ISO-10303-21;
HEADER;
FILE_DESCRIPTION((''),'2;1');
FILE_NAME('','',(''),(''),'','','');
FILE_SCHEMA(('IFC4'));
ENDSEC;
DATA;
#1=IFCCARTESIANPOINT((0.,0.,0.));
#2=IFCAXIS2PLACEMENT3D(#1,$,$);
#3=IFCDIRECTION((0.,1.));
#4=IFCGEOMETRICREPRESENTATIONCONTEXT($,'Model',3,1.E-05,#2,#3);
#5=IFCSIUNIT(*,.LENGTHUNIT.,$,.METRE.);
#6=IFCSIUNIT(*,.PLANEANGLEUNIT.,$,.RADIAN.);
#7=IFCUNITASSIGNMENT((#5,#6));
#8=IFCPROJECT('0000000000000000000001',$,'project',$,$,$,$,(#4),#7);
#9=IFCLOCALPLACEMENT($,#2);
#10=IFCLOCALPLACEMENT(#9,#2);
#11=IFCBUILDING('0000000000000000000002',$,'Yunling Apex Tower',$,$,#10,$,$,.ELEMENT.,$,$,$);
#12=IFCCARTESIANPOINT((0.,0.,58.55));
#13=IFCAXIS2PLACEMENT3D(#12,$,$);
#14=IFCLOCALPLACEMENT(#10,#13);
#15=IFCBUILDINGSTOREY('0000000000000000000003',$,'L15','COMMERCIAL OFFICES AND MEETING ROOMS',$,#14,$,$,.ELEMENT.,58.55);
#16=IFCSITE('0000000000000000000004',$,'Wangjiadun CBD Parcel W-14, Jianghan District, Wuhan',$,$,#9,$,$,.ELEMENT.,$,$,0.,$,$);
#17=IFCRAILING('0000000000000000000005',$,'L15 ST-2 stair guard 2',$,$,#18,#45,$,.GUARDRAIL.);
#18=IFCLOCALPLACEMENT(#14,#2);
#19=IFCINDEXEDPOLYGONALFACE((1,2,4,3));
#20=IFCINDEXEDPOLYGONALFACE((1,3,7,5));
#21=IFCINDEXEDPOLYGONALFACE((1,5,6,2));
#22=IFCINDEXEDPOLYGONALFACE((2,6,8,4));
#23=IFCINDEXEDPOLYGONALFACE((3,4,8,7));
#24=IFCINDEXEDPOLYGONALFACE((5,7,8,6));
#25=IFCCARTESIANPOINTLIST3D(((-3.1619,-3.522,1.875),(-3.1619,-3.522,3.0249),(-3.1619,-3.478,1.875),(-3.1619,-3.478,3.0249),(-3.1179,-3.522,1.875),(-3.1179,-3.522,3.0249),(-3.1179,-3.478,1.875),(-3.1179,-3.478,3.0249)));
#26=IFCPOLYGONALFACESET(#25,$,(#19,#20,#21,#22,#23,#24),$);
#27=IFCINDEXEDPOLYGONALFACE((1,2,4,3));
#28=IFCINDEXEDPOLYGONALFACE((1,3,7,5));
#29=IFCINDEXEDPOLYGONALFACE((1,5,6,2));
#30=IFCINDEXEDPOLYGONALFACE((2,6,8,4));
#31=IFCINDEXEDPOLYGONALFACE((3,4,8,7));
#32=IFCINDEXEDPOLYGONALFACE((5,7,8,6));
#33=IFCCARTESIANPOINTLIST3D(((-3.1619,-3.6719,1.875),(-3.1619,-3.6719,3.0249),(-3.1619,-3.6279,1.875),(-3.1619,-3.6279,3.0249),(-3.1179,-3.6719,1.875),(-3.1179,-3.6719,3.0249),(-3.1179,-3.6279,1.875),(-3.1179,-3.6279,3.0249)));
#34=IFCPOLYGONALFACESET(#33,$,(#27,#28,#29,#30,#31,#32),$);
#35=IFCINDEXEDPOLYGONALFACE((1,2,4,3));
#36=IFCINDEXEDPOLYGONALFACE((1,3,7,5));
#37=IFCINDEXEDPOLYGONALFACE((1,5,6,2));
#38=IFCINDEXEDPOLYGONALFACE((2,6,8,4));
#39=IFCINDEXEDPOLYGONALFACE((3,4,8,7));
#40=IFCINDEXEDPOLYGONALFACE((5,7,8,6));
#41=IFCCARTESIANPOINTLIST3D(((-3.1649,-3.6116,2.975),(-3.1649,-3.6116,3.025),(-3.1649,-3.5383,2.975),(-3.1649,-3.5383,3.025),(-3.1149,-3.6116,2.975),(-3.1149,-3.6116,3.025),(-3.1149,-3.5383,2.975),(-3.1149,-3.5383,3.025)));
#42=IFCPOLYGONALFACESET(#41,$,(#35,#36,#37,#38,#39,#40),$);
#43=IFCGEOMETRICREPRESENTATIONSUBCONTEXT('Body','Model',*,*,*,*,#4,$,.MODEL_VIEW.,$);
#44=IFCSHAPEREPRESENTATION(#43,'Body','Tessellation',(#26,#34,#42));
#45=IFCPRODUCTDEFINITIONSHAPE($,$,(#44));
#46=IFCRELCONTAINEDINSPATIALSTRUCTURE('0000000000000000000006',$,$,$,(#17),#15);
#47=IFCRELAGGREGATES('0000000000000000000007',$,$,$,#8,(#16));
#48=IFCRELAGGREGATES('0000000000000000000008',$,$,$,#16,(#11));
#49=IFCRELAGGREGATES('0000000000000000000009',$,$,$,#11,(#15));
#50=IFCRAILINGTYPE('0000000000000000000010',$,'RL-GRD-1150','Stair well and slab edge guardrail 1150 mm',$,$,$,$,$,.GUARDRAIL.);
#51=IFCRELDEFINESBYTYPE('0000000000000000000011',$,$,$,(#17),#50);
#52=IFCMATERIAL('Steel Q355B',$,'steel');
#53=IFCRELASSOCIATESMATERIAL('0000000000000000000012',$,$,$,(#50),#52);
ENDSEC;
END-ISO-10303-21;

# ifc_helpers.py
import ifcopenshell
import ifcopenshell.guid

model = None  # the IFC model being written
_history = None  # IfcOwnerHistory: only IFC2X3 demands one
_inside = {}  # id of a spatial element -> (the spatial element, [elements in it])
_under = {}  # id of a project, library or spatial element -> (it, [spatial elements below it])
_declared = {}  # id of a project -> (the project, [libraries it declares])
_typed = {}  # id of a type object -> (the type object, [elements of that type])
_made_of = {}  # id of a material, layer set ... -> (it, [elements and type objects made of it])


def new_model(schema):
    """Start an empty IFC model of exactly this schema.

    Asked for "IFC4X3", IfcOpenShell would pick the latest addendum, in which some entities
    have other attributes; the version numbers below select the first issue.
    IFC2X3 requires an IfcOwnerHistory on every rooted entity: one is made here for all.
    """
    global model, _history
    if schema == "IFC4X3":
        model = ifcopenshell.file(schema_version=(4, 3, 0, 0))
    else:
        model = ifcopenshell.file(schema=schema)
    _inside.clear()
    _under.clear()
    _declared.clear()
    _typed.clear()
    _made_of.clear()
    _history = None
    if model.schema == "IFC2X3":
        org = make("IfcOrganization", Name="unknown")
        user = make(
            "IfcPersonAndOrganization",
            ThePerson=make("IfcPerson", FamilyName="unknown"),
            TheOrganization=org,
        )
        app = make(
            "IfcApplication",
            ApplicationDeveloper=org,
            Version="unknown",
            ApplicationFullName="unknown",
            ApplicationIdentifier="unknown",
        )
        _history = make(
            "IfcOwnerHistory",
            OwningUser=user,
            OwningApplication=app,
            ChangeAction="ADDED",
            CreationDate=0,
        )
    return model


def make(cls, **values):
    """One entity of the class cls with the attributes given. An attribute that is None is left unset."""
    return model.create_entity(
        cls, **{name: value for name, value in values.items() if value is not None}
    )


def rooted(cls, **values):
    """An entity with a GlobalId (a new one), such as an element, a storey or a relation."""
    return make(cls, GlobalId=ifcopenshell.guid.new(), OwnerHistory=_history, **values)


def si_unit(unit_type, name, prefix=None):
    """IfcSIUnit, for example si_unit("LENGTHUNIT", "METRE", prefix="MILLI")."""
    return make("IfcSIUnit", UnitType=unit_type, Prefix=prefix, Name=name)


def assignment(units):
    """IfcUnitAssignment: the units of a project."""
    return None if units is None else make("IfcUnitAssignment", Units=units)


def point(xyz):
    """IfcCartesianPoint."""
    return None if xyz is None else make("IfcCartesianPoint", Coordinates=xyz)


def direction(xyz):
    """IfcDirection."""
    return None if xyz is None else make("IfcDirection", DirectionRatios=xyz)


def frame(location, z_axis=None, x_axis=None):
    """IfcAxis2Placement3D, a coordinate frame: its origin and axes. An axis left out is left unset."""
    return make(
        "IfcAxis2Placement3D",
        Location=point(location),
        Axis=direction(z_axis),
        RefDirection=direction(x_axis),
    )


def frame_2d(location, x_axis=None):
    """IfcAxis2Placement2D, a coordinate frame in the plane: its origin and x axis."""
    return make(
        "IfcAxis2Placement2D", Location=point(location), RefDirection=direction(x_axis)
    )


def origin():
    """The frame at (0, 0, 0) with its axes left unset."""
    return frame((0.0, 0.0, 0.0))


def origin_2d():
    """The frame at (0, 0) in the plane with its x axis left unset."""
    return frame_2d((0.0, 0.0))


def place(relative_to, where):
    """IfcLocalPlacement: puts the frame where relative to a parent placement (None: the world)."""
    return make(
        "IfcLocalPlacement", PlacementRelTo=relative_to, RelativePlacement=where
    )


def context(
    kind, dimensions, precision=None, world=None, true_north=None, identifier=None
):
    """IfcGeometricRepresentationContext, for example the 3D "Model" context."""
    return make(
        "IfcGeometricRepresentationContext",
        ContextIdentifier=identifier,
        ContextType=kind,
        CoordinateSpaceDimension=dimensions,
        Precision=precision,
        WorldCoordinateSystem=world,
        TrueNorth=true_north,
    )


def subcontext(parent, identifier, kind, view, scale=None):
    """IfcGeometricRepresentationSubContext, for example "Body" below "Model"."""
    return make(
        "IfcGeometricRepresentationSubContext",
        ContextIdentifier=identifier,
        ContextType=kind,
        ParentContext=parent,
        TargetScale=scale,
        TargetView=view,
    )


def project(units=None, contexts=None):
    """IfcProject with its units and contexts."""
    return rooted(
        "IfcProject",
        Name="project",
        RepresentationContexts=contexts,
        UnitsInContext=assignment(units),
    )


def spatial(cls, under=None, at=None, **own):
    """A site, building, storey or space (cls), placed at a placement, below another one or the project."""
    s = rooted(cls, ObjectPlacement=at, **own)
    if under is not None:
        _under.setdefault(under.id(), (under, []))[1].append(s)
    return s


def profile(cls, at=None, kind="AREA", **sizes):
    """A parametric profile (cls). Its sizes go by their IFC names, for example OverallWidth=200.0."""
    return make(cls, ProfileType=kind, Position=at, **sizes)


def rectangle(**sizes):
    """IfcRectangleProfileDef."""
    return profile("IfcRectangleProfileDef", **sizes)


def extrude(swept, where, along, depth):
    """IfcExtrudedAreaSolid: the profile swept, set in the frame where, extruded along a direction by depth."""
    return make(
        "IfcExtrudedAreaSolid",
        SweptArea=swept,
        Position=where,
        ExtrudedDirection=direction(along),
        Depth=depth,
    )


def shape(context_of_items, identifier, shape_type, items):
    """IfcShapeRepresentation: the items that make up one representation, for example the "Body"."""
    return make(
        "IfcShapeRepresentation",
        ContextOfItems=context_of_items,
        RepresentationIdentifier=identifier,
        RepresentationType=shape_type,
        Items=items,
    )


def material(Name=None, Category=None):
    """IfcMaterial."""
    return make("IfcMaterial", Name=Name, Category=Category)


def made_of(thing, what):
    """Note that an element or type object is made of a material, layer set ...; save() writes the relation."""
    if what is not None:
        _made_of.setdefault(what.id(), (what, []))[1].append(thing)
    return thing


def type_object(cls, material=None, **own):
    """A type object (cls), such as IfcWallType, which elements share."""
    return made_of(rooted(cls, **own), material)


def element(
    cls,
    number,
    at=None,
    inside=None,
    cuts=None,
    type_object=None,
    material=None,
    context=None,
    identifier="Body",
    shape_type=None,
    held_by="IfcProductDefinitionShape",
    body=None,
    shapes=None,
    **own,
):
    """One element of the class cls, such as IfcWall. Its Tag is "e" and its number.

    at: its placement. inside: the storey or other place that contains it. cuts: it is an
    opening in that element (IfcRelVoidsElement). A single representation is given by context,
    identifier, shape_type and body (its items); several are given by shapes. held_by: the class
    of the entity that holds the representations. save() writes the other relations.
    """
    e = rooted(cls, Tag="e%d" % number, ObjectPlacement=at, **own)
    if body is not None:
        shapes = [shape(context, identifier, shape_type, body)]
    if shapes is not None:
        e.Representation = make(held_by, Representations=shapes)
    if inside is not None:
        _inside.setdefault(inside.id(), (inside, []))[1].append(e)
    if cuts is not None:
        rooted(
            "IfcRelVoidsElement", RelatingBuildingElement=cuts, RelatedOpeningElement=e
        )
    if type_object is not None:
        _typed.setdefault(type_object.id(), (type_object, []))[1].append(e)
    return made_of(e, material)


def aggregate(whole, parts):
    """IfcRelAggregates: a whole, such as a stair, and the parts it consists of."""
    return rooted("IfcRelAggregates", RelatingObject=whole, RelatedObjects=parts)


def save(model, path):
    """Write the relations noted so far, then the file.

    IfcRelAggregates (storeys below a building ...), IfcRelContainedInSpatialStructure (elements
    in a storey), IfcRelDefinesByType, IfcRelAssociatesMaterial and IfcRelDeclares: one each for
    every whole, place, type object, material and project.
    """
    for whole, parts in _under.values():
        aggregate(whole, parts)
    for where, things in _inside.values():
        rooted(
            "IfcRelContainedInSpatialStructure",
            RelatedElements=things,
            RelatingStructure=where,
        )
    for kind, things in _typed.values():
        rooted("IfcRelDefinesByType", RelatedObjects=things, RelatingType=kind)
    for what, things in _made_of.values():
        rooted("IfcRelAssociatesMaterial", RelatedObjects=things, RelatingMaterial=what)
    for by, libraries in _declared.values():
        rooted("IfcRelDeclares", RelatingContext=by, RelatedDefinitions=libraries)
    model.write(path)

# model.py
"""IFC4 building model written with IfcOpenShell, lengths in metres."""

from ifc_helpers import new_model, si_unit, direction, frame, origin, origin_2d, place, context, subcontext, project, spatial, rectangle, extrude, material, type_object, element, save


model = new_model("IFC4")

# Units and contexts
model_context = context("Model", 3, precision=1e-05, world=origin(), true_north=direction((0.0, 1.0)))
body_context = subcontext(model_context, "Body", "Model", "MODEL_VIEW")
ifc_project = project(units=[si_unit("LENGTHUNIT", "METRE"), si_unit("PLANEANGLEUNIT", "RADIAN")], contexts=[model_context])

# Site, building, storey
site_placement = place(None, origin())
site = spatial("IfcSite", under=ifc_project, at=site_placement, Name="Wangjiadun CBD Parcel W-14, Jianghan District, Wuhan", CompositionType="ELEMENT", RefElevation=0.0)
building_placement = place(site_placement, origin())
building = spatial("IfcBuilding", under=site, at=building_placement, Name="Yunling Apex Tower", CompositionType="ELEMENT")
storey_placement = place(building_placement, frame((0.0, 0.0, 58.55)))
storey = spatial("IfcBuildingStorey", under=building, at=storey_placement, Name="L15", Description="COMMERCIAL OFFICES AND MEETING ROOMS", CompositionType="ELEMENT", Elevation=58.55)

# Shared definitions
ifc_material_1 = material(Name="Steel Q355B", Category="steel")

# Railing
railing_type = type_object("IfcRailingType", Name="RL-GRD-1150", Description="Stair well and slab edge guardrail 1150 mm", PredefinedType="GUARDRAIL", material=ifc_material_1)
railing_placement = place(storey_placement, frame((-3.1399, -3.5, 1.875)))
element("IfcRailing", 1, at=railing_placement, inside=storey, type_object=railing_type, Name="L15 ST-2 stair guard 2", PredefinedType="GUARDRAIL", context=body_context, shape_type="SweptSolid", body=[
    extrude(rectangle(XDim=0.0439, YDim=0.0439, at=origin_2d()), origin(), (0.0, 0.0, 1.0), 1.1499),
    extrude(rectangle(XDim=0.0439, YDim=0.0439, at=origin_2d()), frame((0.0, -0.1499, 0.0)), (0.0, 0.0, 1.0), 1.1499),
    extrude(rectangle(XDim=0.05, YDim=0.05, at=origin_2d()), frame((0.0, -0.0383, 1.125), z_axis=(0.0, -1.0, 0.0), x_axis=(1.0, 0.0, 0.0)), (0.0, 0.0, 1.0), 0.0732),
])

save(model, "model.ifc")
